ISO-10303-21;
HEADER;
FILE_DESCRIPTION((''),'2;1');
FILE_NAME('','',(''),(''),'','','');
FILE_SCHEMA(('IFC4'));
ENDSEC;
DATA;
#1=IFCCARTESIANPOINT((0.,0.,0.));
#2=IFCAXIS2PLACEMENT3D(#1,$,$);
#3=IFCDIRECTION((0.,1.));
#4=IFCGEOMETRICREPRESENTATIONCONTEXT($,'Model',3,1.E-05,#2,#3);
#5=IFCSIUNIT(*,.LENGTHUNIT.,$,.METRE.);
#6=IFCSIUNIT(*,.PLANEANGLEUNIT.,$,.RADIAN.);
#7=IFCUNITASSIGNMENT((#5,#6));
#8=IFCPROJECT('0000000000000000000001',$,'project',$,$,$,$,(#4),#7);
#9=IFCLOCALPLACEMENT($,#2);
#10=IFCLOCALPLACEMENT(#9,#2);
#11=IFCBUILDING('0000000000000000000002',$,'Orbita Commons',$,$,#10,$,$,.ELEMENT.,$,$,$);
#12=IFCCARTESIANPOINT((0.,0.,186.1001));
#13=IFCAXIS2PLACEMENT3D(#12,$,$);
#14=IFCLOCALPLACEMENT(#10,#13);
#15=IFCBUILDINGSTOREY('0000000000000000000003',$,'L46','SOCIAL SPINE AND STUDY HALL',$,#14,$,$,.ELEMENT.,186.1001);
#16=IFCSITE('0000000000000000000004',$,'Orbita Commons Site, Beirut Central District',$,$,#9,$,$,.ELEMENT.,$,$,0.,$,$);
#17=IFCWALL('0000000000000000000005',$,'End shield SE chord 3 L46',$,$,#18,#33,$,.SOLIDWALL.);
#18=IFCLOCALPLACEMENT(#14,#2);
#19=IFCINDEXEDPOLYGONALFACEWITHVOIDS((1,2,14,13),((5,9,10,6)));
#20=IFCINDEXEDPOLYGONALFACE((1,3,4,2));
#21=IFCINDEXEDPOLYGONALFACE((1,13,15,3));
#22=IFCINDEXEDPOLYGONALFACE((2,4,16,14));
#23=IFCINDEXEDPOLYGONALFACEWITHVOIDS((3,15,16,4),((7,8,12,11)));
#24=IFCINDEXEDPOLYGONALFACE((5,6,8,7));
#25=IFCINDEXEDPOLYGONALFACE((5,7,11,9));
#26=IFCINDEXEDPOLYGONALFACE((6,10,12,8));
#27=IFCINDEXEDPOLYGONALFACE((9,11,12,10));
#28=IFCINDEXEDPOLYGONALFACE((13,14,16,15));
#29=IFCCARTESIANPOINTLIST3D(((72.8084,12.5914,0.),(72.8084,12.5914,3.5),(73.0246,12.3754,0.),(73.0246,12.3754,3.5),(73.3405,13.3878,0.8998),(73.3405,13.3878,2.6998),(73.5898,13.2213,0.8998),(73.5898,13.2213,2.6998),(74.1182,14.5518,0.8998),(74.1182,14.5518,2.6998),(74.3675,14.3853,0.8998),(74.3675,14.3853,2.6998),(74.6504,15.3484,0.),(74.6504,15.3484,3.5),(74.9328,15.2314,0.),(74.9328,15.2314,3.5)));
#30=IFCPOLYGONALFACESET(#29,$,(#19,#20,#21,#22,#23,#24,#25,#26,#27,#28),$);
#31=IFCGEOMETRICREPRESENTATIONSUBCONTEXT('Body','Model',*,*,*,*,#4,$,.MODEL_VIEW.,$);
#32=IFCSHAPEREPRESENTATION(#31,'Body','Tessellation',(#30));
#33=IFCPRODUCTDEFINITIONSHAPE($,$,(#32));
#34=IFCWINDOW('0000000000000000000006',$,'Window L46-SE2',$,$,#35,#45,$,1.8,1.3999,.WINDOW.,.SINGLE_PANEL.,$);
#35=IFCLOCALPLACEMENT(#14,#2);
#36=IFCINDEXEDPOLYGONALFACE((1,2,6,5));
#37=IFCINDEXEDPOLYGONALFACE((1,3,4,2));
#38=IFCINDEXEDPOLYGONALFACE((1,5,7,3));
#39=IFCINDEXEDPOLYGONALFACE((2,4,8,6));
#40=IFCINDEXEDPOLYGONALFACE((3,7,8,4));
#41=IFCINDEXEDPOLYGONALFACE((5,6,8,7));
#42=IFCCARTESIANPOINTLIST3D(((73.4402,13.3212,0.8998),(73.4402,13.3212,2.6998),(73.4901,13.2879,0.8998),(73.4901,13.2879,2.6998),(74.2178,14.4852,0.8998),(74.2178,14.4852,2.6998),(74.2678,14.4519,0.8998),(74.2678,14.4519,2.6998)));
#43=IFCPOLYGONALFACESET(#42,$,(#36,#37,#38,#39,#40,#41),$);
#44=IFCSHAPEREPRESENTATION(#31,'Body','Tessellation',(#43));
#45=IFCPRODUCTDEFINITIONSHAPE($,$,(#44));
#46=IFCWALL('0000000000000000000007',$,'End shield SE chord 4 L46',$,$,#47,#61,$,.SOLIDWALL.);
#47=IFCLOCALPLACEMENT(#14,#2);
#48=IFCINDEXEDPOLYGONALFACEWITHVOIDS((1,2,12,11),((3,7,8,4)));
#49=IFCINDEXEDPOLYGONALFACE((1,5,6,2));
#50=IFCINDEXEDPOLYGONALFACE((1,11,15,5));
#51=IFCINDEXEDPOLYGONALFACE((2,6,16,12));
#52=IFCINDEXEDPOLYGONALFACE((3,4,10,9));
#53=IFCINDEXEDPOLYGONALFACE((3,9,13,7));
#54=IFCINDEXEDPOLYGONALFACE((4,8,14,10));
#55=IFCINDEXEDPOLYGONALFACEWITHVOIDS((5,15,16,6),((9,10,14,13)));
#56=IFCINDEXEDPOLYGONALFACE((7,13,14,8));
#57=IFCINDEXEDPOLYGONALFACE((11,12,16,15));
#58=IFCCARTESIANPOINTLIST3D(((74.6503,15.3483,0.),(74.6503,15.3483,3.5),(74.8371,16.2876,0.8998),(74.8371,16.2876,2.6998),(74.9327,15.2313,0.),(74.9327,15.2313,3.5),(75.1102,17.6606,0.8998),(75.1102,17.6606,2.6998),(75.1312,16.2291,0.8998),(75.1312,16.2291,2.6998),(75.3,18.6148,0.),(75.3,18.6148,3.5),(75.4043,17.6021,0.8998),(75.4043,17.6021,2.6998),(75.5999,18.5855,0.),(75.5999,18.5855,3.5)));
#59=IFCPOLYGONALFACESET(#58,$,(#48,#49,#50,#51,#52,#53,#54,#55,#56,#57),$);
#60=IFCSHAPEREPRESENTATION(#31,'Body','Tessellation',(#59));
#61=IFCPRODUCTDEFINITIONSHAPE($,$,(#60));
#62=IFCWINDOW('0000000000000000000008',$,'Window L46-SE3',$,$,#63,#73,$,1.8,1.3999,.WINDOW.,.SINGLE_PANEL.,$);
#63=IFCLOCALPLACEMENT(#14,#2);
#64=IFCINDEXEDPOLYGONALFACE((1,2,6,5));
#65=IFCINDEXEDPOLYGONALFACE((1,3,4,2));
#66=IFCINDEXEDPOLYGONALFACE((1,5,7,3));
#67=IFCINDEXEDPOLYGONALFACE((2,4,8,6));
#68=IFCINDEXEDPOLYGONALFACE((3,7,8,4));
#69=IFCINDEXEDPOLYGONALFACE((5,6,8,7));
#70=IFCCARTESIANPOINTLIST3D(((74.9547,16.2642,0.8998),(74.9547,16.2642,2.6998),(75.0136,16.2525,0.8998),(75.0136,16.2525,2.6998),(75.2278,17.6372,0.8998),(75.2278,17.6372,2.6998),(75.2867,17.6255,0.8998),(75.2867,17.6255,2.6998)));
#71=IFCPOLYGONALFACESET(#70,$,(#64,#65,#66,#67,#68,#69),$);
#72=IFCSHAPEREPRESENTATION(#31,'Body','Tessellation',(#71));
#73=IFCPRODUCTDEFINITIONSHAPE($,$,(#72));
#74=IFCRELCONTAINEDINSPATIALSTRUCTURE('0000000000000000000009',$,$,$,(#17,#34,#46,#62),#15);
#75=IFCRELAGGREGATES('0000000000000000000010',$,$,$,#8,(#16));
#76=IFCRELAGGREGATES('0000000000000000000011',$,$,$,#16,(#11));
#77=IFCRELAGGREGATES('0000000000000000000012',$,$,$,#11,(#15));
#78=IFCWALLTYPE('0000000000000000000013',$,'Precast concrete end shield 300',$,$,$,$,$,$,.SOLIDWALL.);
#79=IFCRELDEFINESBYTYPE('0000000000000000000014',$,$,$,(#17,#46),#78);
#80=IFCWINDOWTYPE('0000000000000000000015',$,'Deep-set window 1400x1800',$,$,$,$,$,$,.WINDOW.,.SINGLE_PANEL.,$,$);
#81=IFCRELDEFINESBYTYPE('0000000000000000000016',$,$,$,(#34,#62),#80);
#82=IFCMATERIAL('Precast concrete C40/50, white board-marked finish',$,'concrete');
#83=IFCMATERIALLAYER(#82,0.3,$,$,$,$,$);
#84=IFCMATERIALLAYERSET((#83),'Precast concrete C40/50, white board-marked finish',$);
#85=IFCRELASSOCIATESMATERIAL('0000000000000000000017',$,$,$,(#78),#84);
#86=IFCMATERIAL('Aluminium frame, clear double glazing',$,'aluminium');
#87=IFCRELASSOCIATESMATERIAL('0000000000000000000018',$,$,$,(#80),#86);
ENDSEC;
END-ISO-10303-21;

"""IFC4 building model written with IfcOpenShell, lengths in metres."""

from ifc_helpers import new_model, si_unit, direction, frame, frame_2d, origin, place, context, subcontext, project, spatial, polyline, rectangle, outline, extrude, material, layer, layer_set, type_object, element, fill, save


model = new_model("IFC4")

# Units and contexts
model_context = context("Model", 3, precision=1e-05, world=origin(), true_north=direction((0.0, 1.0)))
body_context = subcontext(model_context, "Body", "Model", "MODEL_VIEW")
ifc_project = project(units=[si_unit("LENGTHUNIT", "METRE"), si_unit("PLANEANGLEUNIT", "RADIAN")], contexts=[model_context])

# Site, building, storey
site_placement = place(None, origin())
site = spatial("IfcSite", under=ifc_project, at=site_placement, Name="Orbita Commons Site, Beirut Central District", CompositionType="ELEMENT", RefElevation=0.0)
building_placement = place(site_placement, origin())
building = spatial("IfcBuilding", under=site, at=building_placement, Name="Orbita Commons", CompositionType="ELEMENT")
storey_placement = place(building_placement, frame((0.0, 0.0, 186.1001)))
storey = spatial("IfcBuildingStorey", under=building, at=storey_placement, Name="L46", Description="SOCIAL SPINE AND STUDY HALL", CompositionType="ELEMENT", Elevation=186.1001)

# Shared definitions
ifc_material_1 = material(Name="Precast concrete C40/50, white board-marked finish", Category="concrete")
ifc_layer_1 = layer(ifc_material_1, 0.3)
ifc_layer_set_1 = layer_set([ifc_layer_1], Name="Precast concrete C40/50, white board-marked finish")
wall_type_1 = type_object("IfcWallType", Name="Precast concrete end shield 300", PredefinedType="SOLIDWALL", material=ifc_layer_set_1)

# Walls, openings, windows
wall_1_placement = place(storey_placement, frame((72.9165, 12.4834, 0.0), z_axis=(0.0, 0.0, 1.0), x_axis=(0.555535, 0.831493, 0.0)))
wall_1 = element("IfcWall", 1, at=wall_1_placement, inside=storey, type_object=wall_type_1, Name="End shield SE chord 3 L46", PredefinedType="SOLIDWALL", context=body_context, shape_type="SweptSolid", body=[
    extrude(outline(polyline([(-0.0298, -0.1499), (3.405, -0.1499), (3.3455, 0.1499), (0.0298, 0.1499), (-0.0298, -0.1499)])), origin(), (0.0, 0.0, 1.0), 3.5),
])
opening_1_placement = place(wall_1_placement, frame((0.9875, 0.0, 0.8999)))
opening_1 = element("IfcOpeningElement", 2, at=opening_1_placement, cuts=wall_1, PredefinedType="OPENING", context=body_context, shape_type="SweptSolid", body=[
    extrude(rectangle(XDim=1.3999, YDim=1.8, at=frame_2d((0.7, 0.8999))), frame((0.0, 0.1599, 0.0), z_axis=(0.0, -1.0, 0.0), x_axis=(1.0, 0.0, 0.0)), (0.0, 0.0, 1.0), 0.3201),
])
ifc_material_2 = material(Name="Aluminium frame, clear double glazing", Category="aluminium")
window_type_1 = type_object("IfcWindowType", Name="Deep-set window 1400x1800", PartitioningType="SINGLE_PANEL", PredefinedType="WINDOW", material=ifc_material_2)
window_1_placement = place(opening_1_placement, origin())
window_1 = element("IfcWindow", 3, at=window_1_placement, inside=storey, type_object=window_type_1, Name="Window L46-SE2", OverallHeight=1.8, OverallWidth=1.3999, PartitioningType="SINGLE_PANEL", PredefinedType="WINDOW", context=body_context, shape_type="SweptSolid", body=[
    extrude(rectangle(XDim=1.3999, YDim=1.8, at=frame_2d((0.7, 0.8999))), frame((0.0, 0.03, 0.0), z_axis=(0.0, -1.0, 0.0), x_axis=(1.0, 0.0, 0.0)), (0.0, 0.0, 1.0), 0.0601),
])
fill(opening_1, window_1)
wall_2_placement = place(storey_placement, frame((74.7915, 15.2898, 0.0), z_axis=(0.0, 0.0, 1.0), x_axis=(0.195087, 0.980786, 0.0)))
wall_2 = element("IfcWall", 4, at=wall_2_placement, inside=storey, type_object=wall_type_1, Name="End shield SE chord 4 L46", PredefinedType="SOLIDWALL", context=body_context, shape_type="SweptSolid", body=[
    extrude(outline(polyline([(-0.0298, -0.1499), (3.3901, -0.1499), (3.3604, 0.1499), (0.0298, 0.1499), (-0.0298, -0.1499)])), origin(), (0.0, 0.0, 1.0), 3.5),
])
opening_2_placement = place(wall_2_placement, frame((0.9875, 0.0, 0.8999)))
opening_2 = element("IfcOpeningElement", 5, at=opening_2_placement, cuts=wall_2, PredefinedType="OPENING", context=body_context, shape_type="SweptSolid", body=[
    extrude(rectangle(XDim=1.3999, YDim=1.8, at=frame_2d((0.7, 0.8999))), frame((0.0, 0.1599, 0.0), z_axis=(0.0, -1.0, 0.0), x_axis=(1.0, 0.0, 0.0)), (0.0, 0.0, 1.0), 0.3201),
])
window_2_placement = place(opening_2_placement, origin())
window_2 = element("IfcWindow", 6, at=window_2_placement, inside=storey, type_object=window_type_1, Name="Window L46-SE3", OverallHeight=1.8, OverallWidth=1.3999, PartitioningType="SINGLE_PANEL", PredefinedType="WINDOW", context=body_context, shape_type="SweptSolid", body=[
    extrude(rectangle(XDim=1.3999, YDim=1.8, at=frame_2d((0.7, 0.8999))), frame((0.0, 0.03, 0.0), z_axis=(0.0, -1.0, 0.0), x_axis=(1.0, 0.0, 0.0)), (0.0, 0.0, 1.0), 0.0601),
])
fill(opening_2, window_2)

save(model, "model.ifc")
